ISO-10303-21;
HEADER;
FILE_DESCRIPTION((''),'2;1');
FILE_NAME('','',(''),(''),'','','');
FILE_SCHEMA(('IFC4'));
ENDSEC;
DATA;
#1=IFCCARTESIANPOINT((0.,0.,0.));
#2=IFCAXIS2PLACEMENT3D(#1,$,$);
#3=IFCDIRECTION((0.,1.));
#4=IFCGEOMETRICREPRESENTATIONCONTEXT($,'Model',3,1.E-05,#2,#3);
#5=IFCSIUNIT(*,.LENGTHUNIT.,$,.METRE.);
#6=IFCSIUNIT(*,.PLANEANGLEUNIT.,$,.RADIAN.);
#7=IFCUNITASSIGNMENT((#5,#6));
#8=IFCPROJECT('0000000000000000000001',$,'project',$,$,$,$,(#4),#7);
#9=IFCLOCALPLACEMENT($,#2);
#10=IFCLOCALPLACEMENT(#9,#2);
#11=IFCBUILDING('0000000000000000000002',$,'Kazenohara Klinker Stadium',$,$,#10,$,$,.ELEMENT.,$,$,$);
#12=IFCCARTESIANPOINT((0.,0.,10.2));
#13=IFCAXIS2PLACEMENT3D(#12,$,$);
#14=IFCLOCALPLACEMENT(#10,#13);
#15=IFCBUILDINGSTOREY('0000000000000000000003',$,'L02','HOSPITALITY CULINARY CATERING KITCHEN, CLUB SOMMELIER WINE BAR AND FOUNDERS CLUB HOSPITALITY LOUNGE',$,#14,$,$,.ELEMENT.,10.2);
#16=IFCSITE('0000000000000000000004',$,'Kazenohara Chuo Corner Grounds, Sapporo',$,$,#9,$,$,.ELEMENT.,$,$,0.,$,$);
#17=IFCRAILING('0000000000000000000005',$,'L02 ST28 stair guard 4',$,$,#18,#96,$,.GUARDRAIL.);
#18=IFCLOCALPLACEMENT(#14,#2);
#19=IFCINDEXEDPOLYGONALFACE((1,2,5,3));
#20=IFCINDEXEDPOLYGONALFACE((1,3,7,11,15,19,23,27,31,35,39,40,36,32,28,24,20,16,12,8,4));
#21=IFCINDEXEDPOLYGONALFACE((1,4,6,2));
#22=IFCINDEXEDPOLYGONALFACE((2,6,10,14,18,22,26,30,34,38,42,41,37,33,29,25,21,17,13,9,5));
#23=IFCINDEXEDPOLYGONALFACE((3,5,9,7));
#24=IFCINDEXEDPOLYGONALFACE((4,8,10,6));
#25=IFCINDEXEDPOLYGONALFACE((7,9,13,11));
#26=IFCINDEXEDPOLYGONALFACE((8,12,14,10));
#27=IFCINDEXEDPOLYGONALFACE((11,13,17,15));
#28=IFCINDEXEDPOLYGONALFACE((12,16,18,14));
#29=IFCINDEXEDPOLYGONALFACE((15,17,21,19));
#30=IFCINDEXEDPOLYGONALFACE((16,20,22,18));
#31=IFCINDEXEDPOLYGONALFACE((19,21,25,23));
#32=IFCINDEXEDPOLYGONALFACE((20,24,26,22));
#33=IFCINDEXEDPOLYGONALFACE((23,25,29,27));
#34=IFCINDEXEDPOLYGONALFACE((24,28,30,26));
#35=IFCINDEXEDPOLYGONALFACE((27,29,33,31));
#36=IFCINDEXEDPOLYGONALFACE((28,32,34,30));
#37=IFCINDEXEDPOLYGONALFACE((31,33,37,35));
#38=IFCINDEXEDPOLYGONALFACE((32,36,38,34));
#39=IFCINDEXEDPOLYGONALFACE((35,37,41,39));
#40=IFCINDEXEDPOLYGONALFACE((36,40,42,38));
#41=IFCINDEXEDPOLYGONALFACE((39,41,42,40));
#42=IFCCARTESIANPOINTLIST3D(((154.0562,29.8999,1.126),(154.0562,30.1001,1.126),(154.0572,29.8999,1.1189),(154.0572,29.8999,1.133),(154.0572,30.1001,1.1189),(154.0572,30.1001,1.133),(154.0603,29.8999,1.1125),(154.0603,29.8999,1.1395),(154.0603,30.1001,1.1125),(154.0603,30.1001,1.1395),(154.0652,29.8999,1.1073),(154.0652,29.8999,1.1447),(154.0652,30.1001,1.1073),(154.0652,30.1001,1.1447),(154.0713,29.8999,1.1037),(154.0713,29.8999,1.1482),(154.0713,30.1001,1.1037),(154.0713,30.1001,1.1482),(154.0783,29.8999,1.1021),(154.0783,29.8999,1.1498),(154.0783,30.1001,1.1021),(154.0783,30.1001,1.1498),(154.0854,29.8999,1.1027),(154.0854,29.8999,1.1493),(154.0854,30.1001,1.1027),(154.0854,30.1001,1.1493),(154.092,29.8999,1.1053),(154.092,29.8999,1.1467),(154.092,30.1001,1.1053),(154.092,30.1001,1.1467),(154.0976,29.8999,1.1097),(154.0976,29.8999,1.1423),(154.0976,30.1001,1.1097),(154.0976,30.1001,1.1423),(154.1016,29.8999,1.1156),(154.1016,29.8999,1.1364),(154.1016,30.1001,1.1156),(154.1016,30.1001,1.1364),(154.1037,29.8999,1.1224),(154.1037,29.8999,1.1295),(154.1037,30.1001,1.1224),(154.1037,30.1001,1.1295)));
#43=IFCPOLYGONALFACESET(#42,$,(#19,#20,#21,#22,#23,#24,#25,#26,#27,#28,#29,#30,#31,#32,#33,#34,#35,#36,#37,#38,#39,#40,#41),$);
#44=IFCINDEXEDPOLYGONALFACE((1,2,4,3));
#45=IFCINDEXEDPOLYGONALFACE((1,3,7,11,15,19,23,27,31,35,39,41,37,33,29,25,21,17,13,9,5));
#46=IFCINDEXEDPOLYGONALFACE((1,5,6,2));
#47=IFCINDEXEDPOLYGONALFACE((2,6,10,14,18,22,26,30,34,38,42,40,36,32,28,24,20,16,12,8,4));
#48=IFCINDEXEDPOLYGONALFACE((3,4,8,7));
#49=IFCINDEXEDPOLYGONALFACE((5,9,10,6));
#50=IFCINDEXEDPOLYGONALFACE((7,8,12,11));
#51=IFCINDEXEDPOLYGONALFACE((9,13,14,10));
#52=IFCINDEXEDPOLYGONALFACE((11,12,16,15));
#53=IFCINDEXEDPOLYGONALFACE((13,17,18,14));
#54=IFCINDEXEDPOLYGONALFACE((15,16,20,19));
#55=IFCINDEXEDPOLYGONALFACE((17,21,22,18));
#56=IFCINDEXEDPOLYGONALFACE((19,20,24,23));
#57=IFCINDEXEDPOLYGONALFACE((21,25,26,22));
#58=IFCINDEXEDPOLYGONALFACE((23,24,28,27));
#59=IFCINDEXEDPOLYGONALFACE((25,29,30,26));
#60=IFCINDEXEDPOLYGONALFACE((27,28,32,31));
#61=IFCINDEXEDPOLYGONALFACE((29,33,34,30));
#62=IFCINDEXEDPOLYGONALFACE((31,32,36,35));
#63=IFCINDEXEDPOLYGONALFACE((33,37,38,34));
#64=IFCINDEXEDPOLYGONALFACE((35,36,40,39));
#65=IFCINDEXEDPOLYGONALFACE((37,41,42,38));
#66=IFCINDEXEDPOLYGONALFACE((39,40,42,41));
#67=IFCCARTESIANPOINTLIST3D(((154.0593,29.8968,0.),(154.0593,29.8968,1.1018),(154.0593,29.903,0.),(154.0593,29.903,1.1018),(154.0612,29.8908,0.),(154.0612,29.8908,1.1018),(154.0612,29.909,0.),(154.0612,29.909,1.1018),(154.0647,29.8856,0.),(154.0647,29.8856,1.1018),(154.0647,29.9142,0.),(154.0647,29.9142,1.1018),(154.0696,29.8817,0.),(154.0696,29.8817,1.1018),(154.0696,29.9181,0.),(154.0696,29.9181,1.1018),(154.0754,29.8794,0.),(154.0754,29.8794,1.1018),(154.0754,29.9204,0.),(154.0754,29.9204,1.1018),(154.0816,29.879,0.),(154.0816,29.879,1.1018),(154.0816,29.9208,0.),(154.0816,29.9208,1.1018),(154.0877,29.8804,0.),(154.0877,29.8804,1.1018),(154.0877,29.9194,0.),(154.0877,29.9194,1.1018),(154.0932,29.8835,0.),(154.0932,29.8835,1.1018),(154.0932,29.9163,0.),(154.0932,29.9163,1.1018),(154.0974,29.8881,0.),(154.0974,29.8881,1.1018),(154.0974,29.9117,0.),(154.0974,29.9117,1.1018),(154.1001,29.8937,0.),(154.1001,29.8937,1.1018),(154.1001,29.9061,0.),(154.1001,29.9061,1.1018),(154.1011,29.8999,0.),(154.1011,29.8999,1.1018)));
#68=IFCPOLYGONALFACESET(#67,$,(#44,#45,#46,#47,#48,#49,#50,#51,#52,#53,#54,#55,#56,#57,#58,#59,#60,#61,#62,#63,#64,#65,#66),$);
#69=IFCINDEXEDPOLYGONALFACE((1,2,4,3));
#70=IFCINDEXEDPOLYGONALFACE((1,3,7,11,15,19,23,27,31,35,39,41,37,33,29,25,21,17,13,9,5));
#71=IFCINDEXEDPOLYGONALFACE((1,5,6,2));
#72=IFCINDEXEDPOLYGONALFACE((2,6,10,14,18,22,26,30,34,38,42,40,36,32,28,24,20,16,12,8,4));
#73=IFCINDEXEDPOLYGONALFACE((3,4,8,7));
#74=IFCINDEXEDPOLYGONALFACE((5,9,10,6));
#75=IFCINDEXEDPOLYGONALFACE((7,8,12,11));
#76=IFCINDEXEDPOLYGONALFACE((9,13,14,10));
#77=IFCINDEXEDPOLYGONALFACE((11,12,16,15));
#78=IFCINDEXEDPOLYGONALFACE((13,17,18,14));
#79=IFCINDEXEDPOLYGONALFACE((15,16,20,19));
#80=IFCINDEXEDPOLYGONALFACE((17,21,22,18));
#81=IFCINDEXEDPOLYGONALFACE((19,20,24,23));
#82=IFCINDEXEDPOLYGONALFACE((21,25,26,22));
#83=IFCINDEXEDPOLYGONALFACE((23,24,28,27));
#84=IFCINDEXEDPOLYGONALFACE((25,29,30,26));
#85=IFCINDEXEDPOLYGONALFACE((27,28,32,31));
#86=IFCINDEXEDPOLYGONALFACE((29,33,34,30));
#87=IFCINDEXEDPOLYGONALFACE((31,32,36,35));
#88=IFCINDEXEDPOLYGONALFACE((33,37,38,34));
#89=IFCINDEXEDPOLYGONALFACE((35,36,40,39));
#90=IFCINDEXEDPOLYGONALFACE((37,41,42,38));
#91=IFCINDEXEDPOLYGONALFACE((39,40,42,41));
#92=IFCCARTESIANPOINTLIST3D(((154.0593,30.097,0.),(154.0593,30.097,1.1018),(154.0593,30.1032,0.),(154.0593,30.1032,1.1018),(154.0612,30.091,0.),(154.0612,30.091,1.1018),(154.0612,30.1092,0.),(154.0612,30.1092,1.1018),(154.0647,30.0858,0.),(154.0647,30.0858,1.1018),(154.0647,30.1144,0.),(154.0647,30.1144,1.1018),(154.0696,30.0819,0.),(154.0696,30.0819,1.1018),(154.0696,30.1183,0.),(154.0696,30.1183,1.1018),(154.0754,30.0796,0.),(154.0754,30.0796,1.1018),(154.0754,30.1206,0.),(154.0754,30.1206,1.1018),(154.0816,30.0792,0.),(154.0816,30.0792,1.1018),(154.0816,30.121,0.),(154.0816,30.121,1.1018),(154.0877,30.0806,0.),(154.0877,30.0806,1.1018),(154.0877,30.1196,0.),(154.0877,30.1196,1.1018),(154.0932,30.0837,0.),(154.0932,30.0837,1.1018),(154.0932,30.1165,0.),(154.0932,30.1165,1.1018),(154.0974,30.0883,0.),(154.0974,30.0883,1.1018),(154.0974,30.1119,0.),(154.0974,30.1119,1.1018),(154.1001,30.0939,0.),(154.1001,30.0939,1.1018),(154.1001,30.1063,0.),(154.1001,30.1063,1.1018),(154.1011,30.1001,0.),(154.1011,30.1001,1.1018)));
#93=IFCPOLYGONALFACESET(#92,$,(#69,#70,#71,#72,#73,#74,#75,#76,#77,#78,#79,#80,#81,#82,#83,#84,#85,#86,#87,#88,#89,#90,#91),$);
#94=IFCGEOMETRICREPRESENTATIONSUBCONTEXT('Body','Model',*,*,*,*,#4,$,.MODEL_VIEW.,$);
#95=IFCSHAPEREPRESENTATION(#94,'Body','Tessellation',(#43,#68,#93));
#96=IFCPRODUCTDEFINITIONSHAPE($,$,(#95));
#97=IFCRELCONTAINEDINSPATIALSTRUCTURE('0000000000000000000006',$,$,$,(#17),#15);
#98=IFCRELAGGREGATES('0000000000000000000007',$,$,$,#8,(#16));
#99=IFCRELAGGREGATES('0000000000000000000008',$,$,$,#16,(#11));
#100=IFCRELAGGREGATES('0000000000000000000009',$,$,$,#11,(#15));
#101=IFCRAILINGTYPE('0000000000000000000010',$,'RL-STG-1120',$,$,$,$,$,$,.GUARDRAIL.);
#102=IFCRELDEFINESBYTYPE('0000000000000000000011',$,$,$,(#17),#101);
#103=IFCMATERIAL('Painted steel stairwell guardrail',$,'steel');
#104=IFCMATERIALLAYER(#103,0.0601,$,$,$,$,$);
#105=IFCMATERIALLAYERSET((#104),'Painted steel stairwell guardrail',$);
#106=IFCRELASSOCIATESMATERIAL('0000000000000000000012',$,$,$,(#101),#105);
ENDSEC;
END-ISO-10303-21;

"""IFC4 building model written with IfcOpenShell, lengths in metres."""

from ifc_helpers import new_model, si_unit, direction, frame, origin, origin_2d, place, context, subcontext, project, spatial, circle, extrude, material, layer, layer_set, type_object, element, save


model = new_model("IFC4")

# Units and contexts
model_context = context("Model", 3, precision=1e-05, world=origin(), true_north=direction((0.0, 1.0)))
body_context = subcontext(model_context, "Body", "Model", "MODEL_VIEW")
ifc_project = project(units=[si_unit("LENGTHUNIT", "METRE"), si_unit("PLANEANGLEUNIT", "RADIAN")], contexts=[model_context])

# Site, building, storey
site_placement = place(None, origin())
site = spatial("IfcSite", under=ifc_project, at=site_placement, Name="Kazenohara Chuo Corner Grounds, Sapporo", CompositionType="ELEMENT", RefElevation=0.0)
building_placement = place(site_placement, origin())
building = spatial("IfcBuilding", under=site, at=building_placement, Name="Kazenohara Klinker Stadium", CompositionType="ELEMENT")
storey_placement = place(building_placement, frame((0.0, 0.0, 10.2)))
storey = spatial("IfcBuildingStorey", under=building, at=storey_placement, Name="L02", Description="HOSPITALITY CULINARY CATERING KITCHEN, CLUB SOMMELIER WINE BAR AND FOUNDERS CLUB HOSPITALITY LOUNGE", CompositionType="ELEMENT", Elevation=10.2)

# Railing
ifc_material_1 = material(Name="Painted steel stairwell guardrail", Category="steel")
ifc_layer_1 = layer(ifc_material_1, 0.0601)
ifc_layer_set_1 = layer_set([ifc_layer_1], Name="Painted steel stairwell guardrail")
railing_type_1 = type_object("IfcRailingType", Name="RL-STG-1120", PredefinedType="GUARDRAIL", material=ifc_layer_set_1)
railing_1_placement = place(storey_placement, frame((154.0801, 29.8999, 0.0)))
element("IfcRailing", 1, at=railing_1_placement, inside=storey, type_object=railing_type_1, Name="L02 ST28 stair guard 4", PredefinedType="GUARDRAIL", context=body_context, shape_type="SweptSolid", body=[
    extrude(circle(Radius=0.0239, at=origin_2d()), frame((0.0, 0.0, 1.126), z_axis=(0.0, 1.0, 0.0), x_axis=(-1.0, 0.0, 0.0)), (0.0, 0.0, 1.0), 0.2002),
    extrude(circle(Radius=0.021, at=origin_2d()), origin(), (0.0, 0.0, 1.0), 1.1018),
    extrude(circle(Radius=0.021, at=origin_2d()), frame((0.0, 0.2002, 0.0)), (0.0, 0.0, 1.0), 1.1018),
])

save(model, "model.ifc")
